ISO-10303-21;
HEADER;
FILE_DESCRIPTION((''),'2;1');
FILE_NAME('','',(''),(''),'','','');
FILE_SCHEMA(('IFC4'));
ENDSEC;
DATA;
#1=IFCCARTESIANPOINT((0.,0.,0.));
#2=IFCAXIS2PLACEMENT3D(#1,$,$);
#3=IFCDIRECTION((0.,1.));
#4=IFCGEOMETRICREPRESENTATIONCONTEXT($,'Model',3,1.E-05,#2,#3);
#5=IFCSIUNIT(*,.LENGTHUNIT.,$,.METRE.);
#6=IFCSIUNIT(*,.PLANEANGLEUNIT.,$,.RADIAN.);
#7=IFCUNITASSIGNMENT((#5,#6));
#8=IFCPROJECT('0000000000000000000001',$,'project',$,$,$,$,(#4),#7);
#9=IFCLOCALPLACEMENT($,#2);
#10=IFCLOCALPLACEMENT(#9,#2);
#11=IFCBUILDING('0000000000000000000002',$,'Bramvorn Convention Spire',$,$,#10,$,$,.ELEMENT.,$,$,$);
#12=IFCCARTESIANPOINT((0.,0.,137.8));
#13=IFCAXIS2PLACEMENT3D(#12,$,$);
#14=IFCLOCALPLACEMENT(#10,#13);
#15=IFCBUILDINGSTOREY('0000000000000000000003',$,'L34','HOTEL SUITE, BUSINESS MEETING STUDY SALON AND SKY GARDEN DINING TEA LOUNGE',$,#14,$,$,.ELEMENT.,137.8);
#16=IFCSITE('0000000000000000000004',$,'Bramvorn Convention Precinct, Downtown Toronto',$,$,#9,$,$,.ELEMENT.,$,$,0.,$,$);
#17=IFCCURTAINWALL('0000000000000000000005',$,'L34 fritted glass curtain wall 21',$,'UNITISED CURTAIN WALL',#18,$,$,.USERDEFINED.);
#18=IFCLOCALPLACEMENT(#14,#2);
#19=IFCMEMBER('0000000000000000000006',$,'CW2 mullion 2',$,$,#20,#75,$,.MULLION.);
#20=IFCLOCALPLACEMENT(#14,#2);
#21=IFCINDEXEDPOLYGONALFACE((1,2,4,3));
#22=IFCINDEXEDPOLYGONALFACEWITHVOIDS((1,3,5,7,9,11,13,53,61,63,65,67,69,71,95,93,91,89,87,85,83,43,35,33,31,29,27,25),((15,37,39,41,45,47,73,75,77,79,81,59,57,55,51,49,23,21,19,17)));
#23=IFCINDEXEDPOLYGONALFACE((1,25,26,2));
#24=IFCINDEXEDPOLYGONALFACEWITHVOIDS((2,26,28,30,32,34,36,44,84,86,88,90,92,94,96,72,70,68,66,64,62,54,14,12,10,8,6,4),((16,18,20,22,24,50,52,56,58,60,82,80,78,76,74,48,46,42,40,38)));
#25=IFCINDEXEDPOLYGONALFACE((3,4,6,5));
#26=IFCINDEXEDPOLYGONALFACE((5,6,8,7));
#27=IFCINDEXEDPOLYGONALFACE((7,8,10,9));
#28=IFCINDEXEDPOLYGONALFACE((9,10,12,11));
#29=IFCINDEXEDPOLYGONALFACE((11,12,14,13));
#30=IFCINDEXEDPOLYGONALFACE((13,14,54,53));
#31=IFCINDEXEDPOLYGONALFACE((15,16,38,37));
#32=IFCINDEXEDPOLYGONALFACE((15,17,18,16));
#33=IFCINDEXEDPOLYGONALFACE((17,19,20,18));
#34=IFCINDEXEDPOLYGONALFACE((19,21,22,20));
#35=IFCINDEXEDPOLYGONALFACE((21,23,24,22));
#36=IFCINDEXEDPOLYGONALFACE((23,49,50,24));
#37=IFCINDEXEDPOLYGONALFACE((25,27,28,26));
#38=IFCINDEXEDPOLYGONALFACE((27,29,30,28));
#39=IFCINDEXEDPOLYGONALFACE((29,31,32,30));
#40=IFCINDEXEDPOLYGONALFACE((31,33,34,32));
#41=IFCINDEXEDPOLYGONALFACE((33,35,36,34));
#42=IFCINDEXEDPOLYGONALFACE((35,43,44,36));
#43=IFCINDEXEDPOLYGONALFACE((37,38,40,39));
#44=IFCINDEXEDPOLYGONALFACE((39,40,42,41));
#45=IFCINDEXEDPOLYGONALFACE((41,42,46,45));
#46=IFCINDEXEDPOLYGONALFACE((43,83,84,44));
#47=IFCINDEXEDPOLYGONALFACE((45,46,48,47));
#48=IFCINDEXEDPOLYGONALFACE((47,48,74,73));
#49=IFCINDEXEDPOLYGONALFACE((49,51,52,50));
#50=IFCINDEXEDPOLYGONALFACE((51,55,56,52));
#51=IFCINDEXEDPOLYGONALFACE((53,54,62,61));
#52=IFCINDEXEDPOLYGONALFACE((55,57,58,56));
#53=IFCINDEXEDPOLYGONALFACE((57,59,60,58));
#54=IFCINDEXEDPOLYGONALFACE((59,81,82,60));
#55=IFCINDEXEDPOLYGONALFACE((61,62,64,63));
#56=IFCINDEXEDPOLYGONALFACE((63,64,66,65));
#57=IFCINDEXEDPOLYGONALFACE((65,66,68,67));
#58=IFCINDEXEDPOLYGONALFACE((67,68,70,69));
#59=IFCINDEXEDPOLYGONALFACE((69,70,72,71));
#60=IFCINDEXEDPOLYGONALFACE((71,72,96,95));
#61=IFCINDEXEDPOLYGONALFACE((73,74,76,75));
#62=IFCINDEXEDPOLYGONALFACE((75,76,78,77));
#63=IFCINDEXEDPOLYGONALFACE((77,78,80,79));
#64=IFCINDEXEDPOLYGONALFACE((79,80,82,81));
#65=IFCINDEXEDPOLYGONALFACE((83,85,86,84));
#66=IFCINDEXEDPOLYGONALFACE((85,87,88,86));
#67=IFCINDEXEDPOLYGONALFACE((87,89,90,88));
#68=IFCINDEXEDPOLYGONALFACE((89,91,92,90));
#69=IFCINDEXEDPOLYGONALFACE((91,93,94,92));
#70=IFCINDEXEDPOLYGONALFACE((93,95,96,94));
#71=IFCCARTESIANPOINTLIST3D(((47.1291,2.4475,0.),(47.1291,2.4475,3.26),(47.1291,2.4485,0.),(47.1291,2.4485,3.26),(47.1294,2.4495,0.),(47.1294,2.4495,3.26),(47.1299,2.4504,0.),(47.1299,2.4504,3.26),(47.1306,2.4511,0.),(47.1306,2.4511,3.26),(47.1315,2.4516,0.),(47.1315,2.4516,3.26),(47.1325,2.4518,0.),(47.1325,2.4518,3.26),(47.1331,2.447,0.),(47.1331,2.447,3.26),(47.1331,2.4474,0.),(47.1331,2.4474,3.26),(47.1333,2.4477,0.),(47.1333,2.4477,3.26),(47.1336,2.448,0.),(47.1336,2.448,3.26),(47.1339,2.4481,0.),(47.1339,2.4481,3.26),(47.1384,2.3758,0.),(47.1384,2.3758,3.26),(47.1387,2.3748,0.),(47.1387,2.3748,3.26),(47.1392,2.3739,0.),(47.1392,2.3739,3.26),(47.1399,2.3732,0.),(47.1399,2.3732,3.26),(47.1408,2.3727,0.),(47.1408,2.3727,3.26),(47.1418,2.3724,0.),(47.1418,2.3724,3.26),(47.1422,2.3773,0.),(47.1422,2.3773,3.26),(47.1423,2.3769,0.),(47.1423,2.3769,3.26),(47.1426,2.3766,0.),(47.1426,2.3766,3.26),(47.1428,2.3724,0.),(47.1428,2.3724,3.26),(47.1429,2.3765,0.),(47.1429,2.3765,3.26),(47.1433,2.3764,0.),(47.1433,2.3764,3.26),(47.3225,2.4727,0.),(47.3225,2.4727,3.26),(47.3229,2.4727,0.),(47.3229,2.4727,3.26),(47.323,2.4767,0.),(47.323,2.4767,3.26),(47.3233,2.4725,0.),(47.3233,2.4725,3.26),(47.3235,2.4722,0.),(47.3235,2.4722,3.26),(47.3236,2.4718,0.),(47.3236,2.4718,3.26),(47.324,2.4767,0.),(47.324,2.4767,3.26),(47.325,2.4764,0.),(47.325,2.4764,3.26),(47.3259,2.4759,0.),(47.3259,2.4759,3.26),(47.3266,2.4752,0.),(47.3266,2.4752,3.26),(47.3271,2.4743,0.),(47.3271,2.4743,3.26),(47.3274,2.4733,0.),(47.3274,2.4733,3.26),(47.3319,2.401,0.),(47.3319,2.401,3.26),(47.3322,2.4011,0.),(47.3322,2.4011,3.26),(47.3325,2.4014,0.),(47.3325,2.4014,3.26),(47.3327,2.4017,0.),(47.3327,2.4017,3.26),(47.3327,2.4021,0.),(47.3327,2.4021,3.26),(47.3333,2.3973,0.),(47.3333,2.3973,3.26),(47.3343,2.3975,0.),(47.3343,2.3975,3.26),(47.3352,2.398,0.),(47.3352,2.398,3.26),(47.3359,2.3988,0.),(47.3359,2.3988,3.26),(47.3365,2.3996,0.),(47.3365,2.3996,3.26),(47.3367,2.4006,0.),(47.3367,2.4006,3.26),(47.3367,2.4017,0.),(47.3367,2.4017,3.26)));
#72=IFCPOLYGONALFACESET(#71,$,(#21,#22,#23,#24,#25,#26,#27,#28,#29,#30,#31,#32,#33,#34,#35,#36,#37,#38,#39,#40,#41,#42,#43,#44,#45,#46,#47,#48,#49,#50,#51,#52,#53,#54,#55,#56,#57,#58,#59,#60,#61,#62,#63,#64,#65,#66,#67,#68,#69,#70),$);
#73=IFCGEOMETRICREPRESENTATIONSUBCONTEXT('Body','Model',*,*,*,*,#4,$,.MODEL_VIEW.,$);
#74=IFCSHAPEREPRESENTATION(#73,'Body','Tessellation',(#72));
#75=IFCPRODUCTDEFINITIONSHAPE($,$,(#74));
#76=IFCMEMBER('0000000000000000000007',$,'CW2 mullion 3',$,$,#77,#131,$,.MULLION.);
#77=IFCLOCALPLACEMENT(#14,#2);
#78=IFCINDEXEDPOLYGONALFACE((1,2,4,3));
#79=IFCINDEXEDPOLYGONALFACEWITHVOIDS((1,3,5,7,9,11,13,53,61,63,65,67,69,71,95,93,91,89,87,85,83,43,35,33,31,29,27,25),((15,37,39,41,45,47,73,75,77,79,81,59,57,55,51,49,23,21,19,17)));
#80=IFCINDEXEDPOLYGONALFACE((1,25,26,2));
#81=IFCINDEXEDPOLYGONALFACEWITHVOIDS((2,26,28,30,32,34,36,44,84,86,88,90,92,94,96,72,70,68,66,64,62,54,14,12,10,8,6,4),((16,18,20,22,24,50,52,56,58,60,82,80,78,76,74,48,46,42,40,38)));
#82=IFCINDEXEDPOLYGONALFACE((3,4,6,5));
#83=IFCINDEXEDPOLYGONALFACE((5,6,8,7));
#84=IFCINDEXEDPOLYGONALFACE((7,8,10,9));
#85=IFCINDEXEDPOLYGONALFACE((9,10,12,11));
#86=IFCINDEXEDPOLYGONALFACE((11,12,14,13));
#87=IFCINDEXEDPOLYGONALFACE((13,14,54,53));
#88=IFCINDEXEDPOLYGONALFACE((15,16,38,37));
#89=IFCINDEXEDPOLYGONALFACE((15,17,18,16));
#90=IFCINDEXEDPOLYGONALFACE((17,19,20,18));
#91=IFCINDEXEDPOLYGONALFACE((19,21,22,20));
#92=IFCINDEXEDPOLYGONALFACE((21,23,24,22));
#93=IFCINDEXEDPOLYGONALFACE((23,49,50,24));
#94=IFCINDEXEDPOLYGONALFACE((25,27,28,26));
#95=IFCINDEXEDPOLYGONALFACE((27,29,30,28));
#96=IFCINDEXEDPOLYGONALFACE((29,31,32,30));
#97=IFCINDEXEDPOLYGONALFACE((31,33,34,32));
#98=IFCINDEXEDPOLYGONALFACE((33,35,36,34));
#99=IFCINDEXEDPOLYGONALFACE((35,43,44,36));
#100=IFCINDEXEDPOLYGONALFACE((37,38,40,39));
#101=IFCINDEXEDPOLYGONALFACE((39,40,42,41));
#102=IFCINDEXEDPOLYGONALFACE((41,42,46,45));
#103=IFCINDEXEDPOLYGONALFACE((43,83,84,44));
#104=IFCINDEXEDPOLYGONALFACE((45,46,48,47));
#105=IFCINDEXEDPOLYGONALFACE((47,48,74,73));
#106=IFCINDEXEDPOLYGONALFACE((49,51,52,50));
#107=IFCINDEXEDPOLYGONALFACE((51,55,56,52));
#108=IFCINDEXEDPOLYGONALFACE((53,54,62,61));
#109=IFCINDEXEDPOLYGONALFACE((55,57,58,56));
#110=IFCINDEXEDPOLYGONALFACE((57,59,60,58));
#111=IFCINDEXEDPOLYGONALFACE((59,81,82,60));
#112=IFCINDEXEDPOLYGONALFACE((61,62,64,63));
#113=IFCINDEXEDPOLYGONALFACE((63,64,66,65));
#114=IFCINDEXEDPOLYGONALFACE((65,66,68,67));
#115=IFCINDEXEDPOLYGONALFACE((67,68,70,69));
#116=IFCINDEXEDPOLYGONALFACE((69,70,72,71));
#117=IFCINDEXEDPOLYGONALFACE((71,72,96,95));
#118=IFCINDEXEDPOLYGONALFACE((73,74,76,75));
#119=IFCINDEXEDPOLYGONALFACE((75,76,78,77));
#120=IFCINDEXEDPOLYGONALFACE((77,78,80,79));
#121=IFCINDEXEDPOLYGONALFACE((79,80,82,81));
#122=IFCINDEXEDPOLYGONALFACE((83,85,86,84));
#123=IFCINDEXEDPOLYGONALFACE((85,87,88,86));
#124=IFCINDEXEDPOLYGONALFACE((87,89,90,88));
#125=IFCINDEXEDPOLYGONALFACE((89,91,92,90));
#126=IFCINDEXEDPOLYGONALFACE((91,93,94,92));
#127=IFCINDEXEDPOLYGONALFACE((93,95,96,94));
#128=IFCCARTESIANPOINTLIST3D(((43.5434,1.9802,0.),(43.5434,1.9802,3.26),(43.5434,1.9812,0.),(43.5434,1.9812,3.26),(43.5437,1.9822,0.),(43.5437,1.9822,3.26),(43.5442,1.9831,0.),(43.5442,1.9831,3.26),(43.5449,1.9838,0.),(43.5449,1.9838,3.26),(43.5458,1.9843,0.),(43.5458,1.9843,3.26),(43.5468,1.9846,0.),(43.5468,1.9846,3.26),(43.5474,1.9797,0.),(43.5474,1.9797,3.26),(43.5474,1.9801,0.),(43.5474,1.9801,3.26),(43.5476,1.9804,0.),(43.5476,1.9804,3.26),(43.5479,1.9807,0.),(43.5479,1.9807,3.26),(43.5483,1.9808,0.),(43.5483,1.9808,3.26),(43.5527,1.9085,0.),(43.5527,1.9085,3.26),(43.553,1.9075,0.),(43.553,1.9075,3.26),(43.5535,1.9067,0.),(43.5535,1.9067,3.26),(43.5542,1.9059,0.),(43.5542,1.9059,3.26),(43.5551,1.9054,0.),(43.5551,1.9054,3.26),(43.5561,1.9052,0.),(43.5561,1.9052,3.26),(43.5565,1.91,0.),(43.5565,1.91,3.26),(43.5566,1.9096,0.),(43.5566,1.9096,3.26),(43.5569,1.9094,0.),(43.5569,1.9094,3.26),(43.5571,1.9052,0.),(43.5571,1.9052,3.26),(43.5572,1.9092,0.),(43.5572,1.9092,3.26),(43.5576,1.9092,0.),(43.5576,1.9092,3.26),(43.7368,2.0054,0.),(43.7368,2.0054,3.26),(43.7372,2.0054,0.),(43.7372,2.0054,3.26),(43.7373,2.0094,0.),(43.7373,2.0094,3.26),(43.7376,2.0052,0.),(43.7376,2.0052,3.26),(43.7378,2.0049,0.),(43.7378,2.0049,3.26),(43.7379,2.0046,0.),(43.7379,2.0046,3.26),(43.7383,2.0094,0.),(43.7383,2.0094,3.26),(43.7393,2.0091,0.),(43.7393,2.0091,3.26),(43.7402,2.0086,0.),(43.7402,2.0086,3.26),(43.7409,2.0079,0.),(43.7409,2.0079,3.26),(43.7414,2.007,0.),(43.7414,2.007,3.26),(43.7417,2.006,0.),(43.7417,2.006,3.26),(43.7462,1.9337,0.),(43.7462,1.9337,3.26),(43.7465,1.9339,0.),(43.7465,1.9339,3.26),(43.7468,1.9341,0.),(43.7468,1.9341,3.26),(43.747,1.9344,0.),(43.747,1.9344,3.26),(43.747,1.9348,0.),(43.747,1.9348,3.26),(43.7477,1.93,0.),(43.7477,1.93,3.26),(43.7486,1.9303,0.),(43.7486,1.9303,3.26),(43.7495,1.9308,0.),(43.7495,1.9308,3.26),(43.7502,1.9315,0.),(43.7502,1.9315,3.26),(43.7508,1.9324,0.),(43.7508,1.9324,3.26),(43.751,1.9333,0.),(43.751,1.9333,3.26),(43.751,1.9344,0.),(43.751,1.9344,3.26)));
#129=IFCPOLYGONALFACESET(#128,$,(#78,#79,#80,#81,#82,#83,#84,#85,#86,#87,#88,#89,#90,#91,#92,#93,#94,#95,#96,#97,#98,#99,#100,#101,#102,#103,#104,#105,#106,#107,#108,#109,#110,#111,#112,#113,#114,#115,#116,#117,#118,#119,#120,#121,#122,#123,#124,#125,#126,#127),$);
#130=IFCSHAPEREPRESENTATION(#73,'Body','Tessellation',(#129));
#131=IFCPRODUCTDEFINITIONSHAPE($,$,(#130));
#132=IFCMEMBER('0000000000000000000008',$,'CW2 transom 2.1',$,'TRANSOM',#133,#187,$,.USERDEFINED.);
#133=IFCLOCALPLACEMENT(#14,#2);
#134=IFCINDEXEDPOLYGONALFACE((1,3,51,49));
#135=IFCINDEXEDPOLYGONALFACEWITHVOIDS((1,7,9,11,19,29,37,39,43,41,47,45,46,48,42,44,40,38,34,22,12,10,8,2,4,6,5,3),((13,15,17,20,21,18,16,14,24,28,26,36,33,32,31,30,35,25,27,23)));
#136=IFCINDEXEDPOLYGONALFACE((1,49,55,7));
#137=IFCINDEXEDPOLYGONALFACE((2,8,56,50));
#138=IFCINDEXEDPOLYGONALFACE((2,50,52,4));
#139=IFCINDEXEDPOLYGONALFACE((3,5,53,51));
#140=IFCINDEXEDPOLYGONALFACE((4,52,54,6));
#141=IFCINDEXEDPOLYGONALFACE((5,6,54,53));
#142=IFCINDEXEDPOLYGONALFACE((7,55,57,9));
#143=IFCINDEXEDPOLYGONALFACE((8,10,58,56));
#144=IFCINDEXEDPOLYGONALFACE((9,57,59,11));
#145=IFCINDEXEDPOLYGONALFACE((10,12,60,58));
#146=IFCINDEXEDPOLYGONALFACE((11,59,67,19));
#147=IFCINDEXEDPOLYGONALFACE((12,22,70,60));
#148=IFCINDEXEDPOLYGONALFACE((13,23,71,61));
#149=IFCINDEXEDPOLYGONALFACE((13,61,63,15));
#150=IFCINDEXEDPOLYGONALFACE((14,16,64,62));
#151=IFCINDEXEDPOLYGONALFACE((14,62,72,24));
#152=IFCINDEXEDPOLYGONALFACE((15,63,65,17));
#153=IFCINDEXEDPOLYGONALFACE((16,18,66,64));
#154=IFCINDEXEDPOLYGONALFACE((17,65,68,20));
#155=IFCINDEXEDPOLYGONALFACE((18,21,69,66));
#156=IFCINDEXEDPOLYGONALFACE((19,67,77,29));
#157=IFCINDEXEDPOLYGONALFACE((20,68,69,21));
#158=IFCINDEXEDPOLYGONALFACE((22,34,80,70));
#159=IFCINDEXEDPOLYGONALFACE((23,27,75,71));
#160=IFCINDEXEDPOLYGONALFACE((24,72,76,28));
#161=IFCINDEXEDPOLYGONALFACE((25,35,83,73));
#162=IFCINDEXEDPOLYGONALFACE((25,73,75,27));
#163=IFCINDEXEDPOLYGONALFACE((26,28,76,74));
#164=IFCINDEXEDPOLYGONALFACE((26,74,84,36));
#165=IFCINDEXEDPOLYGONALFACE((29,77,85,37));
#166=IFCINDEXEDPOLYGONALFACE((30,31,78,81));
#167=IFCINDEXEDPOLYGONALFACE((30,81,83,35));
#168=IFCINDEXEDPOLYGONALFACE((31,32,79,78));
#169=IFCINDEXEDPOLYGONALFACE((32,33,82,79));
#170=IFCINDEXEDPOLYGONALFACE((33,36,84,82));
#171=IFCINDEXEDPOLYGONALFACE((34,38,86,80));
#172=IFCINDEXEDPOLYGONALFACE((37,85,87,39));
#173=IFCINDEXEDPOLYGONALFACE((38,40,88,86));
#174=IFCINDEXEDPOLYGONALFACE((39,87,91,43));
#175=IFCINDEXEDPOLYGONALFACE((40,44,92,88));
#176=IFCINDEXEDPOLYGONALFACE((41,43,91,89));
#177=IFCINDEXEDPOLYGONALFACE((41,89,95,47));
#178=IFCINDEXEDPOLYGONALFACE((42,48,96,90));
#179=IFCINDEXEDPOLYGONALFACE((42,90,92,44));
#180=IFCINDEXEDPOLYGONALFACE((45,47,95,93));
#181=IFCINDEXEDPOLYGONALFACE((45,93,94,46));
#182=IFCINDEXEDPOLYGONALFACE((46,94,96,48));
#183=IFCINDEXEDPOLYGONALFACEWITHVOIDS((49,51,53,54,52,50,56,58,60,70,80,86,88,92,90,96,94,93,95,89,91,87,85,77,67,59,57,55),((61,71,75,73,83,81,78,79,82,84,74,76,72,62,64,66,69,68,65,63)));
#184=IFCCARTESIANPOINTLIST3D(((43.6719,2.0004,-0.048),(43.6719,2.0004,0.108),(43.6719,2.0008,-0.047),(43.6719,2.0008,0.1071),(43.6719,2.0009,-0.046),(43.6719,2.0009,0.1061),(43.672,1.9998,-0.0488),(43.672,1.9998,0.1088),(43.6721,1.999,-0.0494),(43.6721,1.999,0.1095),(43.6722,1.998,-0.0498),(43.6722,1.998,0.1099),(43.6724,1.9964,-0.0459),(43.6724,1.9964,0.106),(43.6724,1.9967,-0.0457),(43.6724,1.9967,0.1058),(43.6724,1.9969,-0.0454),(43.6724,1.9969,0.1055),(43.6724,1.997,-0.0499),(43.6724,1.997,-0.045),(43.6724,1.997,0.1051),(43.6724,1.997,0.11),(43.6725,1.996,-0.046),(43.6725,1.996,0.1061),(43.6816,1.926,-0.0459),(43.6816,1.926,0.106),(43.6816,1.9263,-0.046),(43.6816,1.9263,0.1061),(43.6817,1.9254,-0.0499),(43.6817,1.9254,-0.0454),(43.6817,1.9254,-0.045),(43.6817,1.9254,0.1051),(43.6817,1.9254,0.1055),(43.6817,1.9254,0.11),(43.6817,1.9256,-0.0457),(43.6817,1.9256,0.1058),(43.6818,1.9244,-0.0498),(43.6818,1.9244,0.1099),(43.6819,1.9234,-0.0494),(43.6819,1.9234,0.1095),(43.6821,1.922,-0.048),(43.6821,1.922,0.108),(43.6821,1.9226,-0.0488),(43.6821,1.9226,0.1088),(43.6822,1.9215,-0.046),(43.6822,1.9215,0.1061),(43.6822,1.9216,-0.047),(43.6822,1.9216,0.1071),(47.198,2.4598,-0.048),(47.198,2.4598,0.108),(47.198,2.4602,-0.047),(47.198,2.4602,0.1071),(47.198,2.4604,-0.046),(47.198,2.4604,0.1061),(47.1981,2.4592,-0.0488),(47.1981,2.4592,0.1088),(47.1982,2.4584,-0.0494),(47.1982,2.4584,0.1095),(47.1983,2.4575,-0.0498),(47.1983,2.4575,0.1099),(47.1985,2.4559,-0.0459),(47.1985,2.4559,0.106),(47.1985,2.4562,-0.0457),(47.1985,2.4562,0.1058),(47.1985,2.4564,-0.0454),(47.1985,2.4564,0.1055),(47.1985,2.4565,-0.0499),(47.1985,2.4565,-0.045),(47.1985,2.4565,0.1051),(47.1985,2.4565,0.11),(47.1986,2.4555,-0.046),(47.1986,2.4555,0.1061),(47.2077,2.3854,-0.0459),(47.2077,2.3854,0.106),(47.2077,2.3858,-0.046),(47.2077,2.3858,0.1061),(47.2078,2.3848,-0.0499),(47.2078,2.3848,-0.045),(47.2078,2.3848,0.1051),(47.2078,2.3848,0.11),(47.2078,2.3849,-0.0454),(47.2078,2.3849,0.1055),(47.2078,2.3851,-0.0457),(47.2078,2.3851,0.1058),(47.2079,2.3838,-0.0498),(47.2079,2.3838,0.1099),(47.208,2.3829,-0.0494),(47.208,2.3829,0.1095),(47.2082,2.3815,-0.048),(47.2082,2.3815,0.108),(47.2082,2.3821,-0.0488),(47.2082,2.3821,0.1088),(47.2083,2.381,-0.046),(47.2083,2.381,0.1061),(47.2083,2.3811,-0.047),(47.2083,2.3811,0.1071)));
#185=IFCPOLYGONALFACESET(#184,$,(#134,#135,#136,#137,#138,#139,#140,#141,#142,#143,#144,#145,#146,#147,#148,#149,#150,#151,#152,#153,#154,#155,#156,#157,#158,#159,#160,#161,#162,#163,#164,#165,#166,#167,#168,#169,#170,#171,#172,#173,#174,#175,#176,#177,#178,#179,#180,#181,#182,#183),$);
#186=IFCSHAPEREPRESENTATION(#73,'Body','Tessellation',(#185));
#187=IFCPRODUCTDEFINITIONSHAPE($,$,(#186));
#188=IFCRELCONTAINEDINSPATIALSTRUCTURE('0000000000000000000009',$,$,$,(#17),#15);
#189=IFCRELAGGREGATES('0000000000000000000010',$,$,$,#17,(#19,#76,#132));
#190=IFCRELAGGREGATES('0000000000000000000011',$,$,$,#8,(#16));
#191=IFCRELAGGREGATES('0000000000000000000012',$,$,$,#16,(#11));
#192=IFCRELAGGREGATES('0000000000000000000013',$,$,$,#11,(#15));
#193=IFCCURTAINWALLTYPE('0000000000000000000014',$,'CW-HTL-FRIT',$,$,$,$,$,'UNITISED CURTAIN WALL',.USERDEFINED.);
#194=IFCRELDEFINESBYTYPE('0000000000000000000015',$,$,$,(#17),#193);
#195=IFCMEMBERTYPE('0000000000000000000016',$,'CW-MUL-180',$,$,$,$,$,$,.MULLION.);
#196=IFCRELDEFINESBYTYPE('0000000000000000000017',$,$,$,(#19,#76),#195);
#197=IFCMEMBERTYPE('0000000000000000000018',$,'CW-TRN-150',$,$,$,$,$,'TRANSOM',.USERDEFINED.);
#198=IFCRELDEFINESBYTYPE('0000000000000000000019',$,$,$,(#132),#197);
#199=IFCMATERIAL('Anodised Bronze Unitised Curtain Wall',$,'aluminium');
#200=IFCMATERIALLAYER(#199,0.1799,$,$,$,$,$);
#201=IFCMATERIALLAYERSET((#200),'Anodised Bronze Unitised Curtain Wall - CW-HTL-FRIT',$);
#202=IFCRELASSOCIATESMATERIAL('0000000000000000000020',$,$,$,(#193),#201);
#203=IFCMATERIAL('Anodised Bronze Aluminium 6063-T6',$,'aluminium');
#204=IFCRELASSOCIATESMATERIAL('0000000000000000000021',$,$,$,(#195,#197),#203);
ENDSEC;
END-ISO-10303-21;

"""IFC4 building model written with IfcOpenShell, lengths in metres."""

from ifc_helpers import new_model, si_unit, direction, frame, origin, origin_2d, place, context, subcontext, project, spatial, hollow_rectangle, extrude, material, layer, layer_set, material_profile, profile_set, type_object, element, aggregate, save


model = new_model("IFC4")

# Units and contexts
model_context = context("Model", 3, precision=1e-05, world=origin(), true_north=direction((0.0, 1.0)))
body_context = subcontext(model_context, "Body", "Model", "MODEL_VIEW")
ifc_project = project(units=[si_unit("LENGTHUNIT", "METRE"), si_unit("PLANEANGLEUNIT", "RADIAN")], contexts=[model_context])

# Site, building, storey
site_placement = place(None, origin())
site = spatial("IfcSite", under=ifc_project, at=site_placement, Name="Bramvorn Convention Precinct, Downtown Toronto", CompositionType="ELEMENT", RefElevation=0.0)
building_placement = place(site_placement, origin())
building = spatial("IfcBuilding", under=site, at=building_placement, Name="Bramvorn Convention Spire", CompositionType="ELEMENT")
storey_placement = place(building_placement, frame((0.0, 0.0, 137.8)))
storey = spatial("IfcBuildingStorey", under=building, at=storey_placement, Name="L34", Description="HOTEL SUITE, BUSINESS MEETING STUDY SALON AND SKY GARDEN DINING TEA LOUNGE", CompositionType="ELEMENT", Elevation=137.8)

# Curtain wall, members
ifc_material_1 = material(Name="Anodised Bronze Unitised Curtain Wall", Category="aluminium")
ifc_layer_1 = layer(ifc_material_1, 0.1799)
ifc_layer_set_1 = layer_set([ifc_layer_1], Name="Anodised Bronze Unitised Curtain Wall - CW-HTL-FRIT")
curtain_wall_type = type_object("IfcCurtainWallType", Name="CW-HTL-FRIT", ElementType="UNITISED CURTAIN WALL", PredefinedType="USERDEFINED", material=ifc_layer_set_1)
curtain_wall_placement = place(storey_placement, origin())
curtain_wall = element("IfcCurtainWall", 1, at=curtain_wall_placement, inside=storey, type_object=curtain_wall_type, Name="L34 fritted glass curtain wall 21", ObjectType="UNITISED CURTAIN WALL", PredefinedType="USERDEFINED")
ifc_material_2 = material(Name="Anodised Bronze Aluminium 6063-T6", Category="aluminium")
ifc_material_profile_1 = material_profile(ifc_material_2, hollow_rectangle(XDim=0.0801, YDim=0.2, WallThickness=0.0039, InnerFilletRadius=0.001, OuterFilletRadius=0.0039, at=origin_2d()))
ifc_profile_set_1 = profile_set([ifc_material_profile_1], Name="Anodised Bronze Aluminium 6063-T6 - CWM80X200")
member_type_1 = type_object("IfcMemberType", Name="CW-MUL-180", PredefinedType="MULLION", material=ifc_profile_set_1)
member_1_placement = place(storey_placement, frame((47.2329, 2.4246, 0.0), z_axis=(0.0, 0.0, 1.0), x_axis=(0.12924, -0.991613, 0.0)))
member_1 = element("IfcMember", 2, at=member_1_placement, type_object=member_type_1, Name="CW2 mullion 2", PredefinedType="MULLION", context=body_context, shape_type="SweptSolid", body=[
    extrude(hollow_rectangle(XDim=0.0801, YDim=0.2, WallThickness=0.0039, InnerFilletRadius=0.001, OuterFilletRadius=0.0039, at=origin_2d()), origin(), (0.0, 0.0, 1.0), 3.26),
])
member_2_placement = place(storey_placement, frame((43.6472, 1.9573, 0.0), z_axis=(0.0, 0.0, 1.0), x_axis=(0.12924, -0.991613, 0.0)))
member_2 = element("IfcMember", 3, at=member_2_placement, type_object=member_type_1, Name="CW2 mullion 3", PredefinedType="MULLION", context=body_context, shape_type="SweptSolid", body=[
    extrude(hollow_rectangle(XDim=0.0801, YDim=0.2, WallThickness=0.0039, InnerFilletRadius=0.001, OuterFilletRadius=0.0039, at=origin_2d()), origin(), (0.0, 0.0, 1.0), 3.26),
])
ifc_material_profile_2 = material_profile(ifc_material_2, hollow_rectangle(XDim=0.0801, YDim=0.1599, WallThickness=0.0039, InnerFilletRadius=0.001, OuterFilletRadius=0.0039, at=origin_2d()))
ifc_profile_set_2 = profile_set([ifc_material_profile_2], Name="Anodised Bronze Aluminium 6063-T6 - CWT80X160")
member_type_2 = type_object("IfcMemberType", Name="CW-TRN-150", ElementType="TRANSOM", PredefinedType="USERDEFINED", material=ifc_profile_set_2)
member_3_placement = place(storey_placement, frame((47.2031, 2.4207, 0.03), z_axis=(-0.991617, -0.129213, 0.0), x_axis=(0.129213, -0.991617, 0.0)))
member_3 = element("IfcMember", 4, at=member_3_placement, type_object=member_type_2, Name="CW2 transom 2.1", ObjectType="TRANSOM", PredefinedType="USERDEFINED", context=body_context, shape_type="SweptSolid", body=[
    extrude(hollow_rectangle(XDim=0.0801, YDim=0.1599, WallThickness=0.0039, InnerFilletRadius=0.001, OuterFilletRadius=0.0039, at=origin_2d()), origin(), (0.0, 0.0, 1.0), 3.5559),
])
aggregate(curtain_wall, [member_1, member_2, member_3])

save(model, "model.ifc")
